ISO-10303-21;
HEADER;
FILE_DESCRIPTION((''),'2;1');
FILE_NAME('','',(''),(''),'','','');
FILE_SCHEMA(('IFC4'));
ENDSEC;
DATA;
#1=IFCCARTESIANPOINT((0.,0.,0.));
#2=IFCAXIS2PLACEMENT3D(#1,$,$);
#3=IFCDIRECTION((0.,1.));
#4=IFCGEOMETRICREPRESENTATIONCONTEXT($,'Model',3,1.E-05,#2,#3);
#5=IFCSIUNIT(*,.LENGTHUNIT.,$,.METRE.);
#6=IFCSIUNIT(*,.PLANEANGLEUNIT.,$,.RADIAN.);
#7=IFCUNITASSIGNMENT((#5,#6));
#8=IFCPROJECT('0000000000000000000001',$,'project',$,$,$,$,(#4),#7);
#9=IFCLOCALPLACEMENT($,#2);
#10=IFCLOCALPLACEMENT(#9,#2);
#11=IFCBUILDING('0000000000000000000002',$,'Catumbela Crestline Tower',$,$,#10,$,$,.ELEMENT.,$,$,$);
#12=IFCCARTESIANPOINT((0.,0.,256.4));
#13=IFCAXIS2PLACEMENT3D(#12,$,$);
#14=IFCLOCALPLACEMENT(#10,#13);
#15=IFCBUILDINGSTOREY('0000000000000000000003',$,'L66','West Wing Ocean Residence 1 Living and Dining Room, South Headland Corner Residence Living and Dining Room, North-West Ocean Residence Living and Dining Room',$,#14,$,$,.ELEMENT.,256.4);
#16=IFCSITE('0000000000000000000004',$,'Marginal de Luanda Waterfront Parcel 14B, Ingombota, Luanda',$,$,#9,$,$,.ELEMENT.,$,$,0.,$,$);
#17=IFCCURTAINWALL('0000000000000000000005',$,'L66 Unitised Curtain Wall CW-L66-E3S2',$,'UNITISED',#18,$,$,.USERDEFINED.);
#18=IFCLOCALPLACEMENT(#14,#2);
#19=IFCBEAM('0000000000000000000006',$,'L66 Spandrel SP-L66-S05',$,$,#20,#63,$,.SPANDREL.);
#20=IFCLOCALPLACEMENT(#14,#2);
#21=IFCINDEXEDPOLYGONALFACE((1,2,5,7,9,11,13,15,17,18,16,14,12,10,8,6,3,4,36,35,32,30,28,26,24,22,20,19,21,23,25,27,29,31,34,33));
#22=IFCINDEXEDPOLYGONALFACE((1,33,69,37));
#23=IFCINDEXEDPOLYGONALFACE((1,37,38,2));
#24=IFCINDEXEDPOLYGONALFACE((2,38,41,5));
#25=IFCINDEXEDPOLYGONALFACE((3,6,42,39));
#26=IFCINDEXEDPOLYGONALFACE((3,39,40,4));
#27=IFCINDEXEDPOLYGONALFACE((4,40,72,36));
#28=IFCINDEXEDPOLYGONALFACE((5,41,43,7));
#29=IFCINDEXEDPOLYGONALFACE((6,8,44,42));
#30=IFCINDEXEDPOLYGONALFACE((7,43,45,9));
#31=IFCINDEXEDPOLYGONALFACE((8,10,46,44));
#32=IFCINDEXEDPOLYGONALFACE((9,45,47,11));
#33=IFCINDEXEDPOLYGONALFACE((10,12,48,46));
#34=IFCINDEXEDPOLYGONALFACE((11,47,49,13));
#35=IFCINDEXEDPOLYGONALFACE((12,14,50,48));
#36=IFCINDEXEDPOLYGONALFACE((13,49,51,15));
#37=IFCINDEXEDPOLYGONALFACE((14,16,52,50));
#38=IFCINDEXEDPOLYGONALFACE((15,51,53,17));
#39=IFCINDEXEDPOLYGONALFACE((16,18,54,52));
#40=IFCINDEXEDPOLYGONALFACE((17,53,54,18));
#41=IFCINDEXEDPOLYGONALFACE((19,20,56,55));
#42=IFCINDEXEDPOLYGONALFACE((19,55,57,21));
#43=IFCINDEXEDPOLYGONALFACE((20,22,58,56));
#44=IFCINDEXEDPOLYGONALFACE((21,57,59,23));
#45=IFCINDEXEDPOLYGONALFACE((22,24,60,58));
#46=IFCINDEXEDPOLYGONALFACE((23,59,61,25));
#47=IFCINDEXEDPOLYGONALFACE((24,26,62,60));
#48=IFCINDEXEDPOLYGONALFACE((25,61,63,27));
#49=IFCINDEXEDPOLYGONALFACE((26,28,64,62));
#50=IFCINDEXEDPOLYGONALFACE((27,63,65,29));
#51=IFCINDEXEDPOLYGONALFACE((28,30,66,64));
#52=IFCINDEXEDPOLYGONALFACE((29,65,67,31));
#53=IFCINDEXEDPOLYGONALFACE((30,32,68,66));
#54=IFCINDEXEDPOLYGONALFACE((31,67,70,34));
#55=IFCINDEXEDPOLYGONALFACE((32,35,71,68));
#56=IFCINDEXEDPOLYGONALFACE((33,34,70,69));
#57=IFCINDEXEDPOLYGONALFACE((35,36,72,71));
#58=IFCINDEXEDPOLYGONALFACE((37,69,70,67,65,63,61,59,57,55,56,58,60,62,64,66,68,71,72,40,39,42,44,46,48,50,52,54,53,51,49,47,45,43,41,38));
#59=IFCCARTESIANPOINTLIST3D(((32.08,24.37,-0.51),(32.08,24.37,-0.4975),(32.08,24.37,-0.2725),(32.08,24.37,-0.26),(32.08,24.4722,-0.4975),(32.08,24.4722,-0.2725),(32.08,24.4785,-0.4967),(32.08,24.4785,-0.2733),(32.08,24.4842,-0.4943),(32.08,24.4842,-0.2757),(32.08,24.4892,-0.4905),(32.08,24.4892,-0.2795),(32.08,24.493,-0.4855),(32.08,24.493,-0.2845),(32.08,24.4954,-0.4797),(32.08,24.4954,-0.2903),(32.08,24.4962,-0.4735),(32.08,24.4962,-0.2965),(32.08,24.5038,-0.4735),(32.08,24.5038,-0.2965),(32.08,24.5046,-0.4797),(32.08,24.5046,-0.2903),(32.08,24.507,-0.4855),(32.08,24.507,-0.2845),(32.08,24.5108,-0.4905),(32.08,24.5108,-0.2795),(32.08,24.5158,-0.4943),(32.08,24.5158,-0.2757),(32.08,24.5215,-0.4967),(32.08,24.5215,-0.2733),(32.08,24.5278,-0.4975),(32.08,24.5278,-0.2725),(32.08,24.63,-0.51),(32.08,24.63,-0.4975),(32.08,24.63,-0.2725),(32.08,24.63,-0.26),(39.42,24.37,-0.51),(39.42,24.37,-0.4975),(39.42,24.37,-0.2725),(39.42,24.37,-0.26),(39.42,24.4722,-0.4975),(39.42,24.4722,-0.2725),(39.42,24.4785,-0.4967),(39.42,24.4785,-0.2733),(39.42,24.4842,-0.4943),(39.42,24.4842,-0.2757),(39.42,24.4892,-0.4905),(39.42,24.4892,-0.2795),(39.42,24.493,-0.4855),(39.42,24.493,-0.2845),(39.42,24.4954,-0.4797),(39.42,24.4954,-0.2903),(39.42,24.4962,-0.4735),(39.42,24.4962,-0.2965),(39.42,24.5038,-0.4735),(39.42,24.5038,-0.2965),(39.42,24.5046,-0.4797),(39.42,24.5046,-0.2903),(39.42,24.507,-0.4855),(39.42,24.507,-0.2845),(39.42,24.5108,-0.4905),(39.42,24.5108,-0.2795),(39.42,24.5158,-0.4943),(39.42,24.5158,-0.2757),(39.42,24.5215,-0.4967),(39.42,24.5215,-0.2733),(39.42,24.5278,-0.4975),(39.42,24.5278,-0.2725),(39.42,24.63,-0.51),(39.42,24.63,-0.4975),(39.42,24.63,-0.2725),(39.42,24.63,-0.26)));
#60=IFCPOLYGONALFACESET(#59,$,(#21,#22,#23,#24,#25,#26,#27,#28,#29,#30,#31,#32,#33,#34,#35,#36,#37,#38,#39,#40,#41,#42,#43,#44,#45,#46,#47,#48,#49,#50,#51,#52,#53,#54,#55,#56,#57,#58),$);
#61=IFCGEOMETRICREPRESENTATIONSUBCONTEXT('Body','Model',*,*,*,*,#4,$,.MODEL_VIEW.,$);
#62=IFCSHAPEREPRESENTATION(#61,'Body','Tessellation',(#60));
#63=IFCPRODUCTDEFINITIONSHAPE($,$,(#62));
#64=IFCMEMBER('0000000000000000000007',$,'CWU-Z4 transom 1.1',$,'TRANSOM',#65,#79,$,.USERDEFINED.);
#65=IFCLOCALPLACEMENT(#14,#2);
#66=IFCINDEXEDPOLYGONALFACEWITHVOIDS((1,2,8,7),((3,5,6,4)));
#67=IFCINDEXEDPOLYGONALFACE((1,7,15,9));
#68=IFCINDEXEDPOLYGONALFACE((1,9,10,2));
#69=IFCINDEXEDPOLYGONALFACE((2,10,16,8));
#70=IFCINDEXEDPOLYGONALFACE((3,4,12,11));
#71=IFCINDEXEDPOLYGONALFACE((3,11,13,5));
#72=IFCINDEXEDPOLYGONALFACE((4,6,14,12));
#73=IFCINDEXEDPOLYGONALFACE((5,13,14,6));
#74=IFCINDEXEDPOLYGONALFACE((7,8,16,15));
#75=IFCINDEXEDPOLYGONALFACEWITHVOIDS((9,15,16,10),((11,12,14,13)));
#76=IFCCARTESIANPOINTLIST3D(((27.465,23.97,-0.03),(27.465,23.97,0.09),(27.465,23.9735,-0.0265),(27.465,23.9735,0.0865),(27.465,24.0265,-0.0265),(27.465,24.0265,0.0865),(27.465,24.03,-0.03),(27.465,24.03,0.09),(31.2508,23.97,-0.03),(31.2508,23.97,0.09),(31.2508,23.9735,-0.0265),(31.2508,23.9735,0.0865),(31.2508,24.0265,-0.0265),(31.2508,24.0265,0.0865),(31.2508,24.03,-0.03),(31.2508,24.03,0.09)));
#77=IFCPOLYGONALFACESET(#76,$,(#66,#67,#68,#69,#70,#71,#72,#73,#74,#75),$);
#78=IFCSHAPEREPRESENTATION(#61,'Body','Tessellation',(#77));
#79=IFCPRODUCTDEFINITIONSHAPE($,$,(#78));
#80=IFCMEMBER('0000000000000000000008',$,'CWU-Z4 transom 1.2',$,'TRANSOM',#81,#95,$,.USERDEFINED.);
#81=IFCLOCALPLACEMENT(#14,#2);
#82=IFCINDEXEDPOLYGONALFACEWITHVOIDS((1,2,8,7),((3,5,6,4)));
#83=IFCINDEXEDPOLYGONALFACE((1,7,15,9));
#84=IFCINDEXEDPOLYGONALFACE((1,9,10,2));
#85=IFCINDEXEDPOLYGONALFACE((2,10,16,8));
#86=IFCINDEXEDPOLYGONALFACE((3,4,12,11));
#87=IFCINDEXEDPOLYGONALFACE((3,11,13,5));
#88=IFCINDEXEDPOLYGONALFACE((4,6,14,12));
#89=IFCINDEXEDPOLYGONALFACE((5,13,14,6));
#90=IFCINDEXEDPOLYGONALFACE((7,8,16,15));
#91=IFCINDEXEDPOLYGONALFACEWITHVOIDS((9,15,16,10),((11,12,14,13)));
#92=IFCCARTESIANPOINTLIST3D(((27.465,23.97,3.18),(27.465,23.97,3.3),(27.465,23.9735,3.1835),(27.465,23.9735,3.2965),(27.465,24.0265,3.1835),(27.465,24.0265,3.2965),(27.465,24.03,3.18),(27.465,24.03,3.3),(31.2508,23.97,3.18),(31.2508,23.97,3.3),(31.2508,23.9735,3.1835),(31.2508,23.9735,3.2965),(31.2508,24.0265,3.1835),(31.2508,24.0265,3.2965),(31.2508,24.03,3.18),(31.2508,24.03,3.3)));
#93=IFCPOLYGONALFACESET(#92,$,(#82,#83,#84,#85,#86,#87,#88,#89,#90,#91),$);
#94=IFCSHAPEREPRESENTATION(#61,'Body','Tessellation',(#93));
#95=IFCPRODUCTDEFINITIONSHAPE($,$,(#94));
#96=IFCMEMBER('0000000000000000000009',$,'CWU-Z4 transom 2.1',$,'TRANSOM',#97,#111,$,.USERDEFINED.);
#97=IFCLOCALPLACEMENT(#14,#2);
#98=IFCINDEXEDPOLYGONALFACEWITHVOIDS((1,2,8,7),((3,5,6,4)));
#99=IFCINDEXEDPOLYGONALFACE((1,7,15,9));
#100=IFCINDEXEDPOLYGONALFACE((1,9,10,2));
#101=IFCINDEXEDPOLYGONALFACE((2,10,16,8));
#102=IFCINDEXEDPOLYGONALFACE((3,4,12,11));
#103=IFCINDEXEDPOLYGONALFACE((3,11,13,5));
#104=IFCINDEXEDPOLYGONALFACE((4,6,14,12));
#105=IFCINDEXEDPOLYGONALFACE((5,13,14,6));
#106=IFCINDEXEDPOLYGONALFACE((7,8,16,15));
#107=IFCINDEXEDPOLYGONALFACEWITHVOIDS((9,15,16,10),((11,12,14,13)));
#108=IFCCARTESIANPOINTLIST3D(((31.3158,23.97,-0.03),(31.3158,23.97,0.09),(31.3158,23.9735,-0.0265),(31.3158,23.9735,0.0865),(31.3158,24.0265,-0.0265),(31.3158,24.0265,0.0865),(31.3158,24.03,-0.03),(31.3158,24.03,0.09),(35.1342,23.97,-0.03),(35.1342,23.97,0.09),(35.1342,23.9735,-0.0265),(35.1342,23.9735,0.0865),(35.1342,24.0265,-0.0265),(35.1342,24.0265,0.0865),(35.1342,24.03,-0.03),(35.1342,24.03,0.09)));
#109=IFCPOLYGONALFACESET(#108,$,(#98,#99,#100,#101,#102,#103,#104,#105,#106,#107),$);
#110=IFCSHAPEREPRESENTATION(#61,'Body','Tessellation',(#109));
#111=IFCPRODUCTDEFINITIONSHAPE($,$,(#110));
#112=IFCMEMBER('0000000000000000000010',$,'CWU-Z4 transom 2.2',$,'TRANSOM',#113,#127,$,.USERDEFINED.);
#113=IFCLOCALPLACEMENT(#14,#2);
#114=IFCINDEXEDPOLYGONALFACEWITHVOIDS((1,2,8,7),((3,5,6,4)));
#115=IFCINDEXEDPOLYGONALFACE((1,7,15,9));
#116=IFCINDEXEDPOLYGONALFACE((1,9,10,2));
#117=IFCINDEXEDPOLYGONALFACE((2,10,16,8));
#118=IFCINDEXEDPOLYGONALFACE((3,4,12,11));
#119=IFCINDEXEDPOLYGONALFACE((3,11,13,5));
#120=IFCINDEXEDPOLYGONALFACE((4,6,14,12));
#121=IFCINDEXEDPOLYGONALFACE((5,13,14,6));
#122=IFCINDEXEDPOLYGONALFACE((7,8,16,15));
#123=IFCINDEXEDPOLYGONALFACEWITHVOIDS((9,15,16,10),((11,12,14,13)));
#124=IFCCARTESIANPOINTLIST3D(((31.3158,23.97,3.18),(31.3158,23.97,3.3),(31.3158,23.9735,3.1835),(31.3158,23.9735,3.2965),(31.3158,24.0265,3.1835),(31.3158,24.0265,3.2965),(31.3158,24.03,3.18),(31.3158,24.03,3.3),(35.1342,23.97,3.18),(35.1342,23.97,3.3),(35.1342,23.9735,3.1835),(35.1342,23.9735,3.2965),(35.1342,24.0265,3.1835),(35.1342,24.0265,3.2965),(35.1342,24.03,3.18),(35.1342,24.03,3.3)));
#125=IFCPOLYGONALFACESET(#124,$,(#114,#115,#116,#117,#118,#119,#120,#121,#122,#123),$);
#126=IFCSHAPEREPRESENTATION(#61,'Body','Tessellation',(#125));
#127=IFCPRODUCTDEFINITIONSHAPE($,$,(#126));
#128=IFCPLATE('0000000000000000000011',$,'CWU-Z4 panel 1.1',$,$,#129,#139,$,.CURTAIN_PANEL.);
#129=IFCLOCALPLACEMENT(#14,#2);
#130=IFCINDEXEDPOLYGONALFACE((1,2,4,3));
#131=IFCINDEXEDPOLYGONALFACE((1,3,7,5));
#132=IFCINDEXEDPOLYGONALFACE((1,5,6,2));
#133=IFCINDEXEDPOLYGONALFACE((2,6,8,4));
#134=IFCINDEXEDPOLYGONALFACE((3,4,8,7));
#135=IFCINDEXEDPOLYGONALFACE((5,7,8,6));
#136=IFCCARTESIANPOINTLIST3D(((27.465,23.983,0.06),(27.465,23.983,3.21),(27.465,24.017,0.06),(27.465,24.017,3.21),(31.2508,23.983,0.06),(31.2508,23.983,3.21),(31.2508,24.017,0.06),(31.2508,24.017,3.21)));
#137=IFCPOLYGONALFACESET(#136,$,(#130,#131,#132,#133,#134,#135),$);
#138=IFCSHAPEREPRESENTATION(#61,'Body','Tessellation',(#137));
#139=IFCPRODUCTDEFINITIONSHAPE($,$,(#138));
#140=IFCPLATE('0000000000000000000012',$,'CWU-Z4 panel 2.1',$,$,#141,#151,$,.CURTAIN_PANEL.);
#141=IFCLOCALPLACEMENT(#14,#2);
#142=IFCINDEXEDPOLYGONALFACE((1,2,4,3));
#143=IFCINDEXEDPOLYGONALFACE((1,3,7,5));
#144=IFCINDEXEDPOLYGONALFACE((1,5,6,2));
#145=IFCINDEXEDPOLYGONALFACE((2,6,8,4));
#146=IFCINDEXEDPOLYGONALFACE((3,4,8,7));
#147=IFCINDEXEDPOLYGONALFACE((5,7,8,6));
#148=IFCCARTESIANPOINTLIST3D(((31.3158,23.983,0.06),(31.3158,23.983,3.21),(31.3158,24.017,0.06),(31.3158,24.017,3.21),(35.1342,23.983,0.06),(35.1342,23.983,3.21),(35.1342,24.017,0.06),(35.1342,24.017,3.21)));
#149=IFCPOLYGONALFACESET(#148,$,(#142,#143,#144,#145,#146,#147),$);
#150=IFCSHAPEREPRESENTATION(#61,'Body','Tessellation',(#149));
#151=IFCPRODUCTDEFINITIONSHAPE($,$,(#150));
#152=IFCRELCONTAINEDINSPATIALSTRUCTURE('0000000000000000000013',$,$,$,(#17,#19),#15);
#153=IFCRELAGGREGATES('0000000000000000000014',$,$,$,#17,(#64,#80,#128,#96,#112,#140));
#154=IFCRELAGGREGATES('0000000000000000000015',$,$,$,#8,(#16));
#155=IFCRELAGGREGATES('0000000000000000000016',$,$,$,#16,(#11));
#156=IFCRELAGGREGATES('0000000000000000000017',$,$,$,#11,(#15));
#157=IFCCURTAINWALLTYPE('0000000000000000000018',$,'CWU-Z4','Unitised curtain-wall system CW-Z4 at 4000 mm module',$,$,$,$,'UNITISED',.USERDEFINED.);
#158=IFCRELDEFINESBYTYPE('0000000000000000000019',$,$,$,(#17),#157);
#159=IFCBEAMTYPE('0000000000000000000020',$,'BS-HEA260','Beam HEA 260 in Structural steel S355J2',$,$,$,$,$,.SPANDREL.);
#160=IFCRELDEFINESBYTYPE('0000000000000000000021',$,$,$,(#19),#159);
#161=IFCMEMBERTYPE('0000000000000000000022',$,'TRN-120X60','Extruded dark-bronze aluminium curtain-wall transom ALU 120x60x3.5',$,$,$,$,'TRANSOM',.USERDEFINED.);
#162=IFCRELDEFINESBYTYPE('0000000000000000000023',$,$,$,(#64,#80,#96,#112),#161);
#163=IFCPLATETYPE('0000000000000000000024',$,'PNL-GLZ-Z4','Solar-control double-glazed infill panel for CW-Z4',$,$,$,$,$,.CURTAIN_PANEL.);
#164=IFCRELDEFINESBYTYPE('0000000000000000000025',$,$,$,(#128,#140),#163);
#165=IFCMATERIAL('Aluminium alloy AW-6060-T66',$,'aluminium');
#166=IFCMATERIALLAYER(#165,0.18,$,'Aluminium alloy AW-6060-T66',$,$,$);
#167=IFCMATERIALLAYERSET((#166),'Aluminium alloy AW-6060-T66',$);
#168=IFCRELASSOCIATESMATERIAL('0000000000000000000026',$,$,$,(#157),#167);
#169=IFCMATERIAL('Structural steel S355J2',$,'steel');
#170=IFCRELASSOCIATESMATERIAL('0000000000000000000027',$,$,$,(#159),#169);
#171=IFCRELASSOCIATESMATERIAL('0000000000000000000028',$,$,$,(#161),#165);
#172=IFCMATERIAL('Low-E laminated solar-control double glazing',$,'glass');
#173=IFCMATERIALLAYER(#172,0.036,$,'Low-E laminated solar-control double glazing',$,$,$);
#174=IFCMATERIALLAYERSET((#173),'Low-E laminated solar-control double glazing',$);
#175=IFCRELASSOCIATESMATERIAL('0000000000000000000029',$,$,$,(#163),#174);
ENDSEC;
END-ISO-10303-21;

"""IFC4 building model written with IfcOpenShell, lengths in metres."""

from ifc_helpers import new_model, si_unit, direction, frame, origin, origin_2d, place, context, subcontext, project, spatial, rectangle, hollow_rectangle, i_section, extrude, material, layer, layer_set, material_profile, profile_set, type_object, element, aggregate, save


model = new_model("IFC4")

# Units and contexts
model_context = context("Model", 3, precision=1e-05, world=origin(), true_north=direction((0.0, 1.0)))
body_context = subcontext(model_context, "Body", "Model", "MODEL_VIEW")
ifc_project = project(units=[si_unit("LENGTHUNIT", "METRE"), si_unit("PLANEANGLEUNIT", "RADIAN")], contexts=[model_context])

# Site, building, storey
site_placement = place(None, origin())
site = spatial("IfcSite", under=ifc_project, at=site_placement, Name="Marginal de Luanda Waterfront Parcel 14B, Ingombota, Luanda", CompositionType="ELEMENT", RefElevation=0.0)
building_placement = place(site_placement, origin())
building = spatial("IfcBuilding", under=site, at=building_placement, Name="Catumbela Crestline Tower", CompositionType="ELEMENT")
storey_placement = place(building_placement, frame((0.0, 0.0, 256.4)))
storey = spatial("IfcBuildingStorey", under=building, at=storey_placement, Name="L66", Description="West Wing Ocean Residence 1 Living and Dining Room, South Headland Corner Residence Living and Dining Room, North-West Ocean Residence Living and Dining Room", CompositionType="ELEMENT", Elevation=256.4)

# Shared definitions
ifc_material_1 = material(Name="Structural steel S355J2", Category="steel")

# Curtain wall
ifc_material_2 = material(Name="Aluminium alloy AW-6060-T66", Category="aluminium")
ifc_layer_1 = layer(ifc_material_2, 0.18, Name="Aluminium alloy AW-6060-T66")
ifc_layer_set_1 = layer_set([ifc_layer_1], Name="Aluminium alloy AW-6060-T66")
curtain_wall_type = type_object("IfcCurtainWallType", Name="CWU-Z4", Description="Unitised curtain-wall system CW-Z4 at 4000 mm module", ElementType="UNITISED", PredefinedType="USERDEFINED", material=ifc_layer_set_1)
curtain_wall_placement = place(storey_placement, origin())
curtain_wall = element("IfcCurtainWall", 1, at=curtain_wall_placement, inside=storey, type_object=curtain_wall_type, Name="L66 Unitised Curtain Wall CW-L66-E3S2", ObjectType="UNITISED", PredefinedType="USERDEFINED")

# Beam
ifc_material_profile_1 = material_profile(ifc_material_1, i_section(OverallWidth=0.26, OverallDepth=0.25, WebThickness=0.0075, FlangeThickness=0.0125, FilletRadius=0.024, at=origin_2d()), Name="HEA 260")
ifc_profile_set_1 = profile_set([ifc_material_profile_1], Name="Structural steel S355J2")
beam_type_1 = type_object("IfcBeamType", Name="BS-HEA260", Description="Beam HEA 260 in Structural steel S355J2", PredefinedType="SPANDREL", material=ifc_profile_set_1)
beam_1_placement = place(storey_placement, frame((32.08, 24.5, -0.385), z_axis=(1.0, 0.0, 0.0), x_axis=(0.0, 1.0, 0.0)))
element("IfcBeam", 2, at=beam_1_placement, inside=storey, type_object=beam_type_1, Name="L66 Spandrel SP-L66-S05", PredefinedType="SPANDREL", context=body_context, shape_type="SweptSolid", body=[
    extrude(i_section(OverallWidth=0.26, OverallDepth=0.25, WebThickness=0.0075, FlangeThickness=0.0125, FilletRadius=0.024, at=origin_2d()), origin(), (0.0, 0.0, 1.0), 7.34),
])

# Members
ifc_material_profile_2 = material_profile(ifc_material_2, hollow_rectangle(XDim=0.06, YDim=0.12, WallThickness=0.0035, at=origin_2d()), Name="ALU 120x60x3.5")
ifc_profile_set_2 = profile_set([ifc_material_profile_2], Name="Aluminium alloy AW-6060-T66")
member_type_1 = type_object("IfcMemberType", Name="TRN-120X60", Description="Extruded dark-bronze aluminium curtain-wall transom ALU 120x60x3.5", ElementType="TRANSOM", PredefinedType="USERDEFINED", material=ifc_profile_set_2)
member_1_placement = place(storey_placement, frame((27.465, 24.0, 0.03), z_axis=(1.0, 0.0, 0.0), x_axis=(0.0, 1.0, 0.0)))
member_1 = element("IfcMember", 3, at=member_1_placement, type_object=member_type_1, Name="CWU-Z4 transom 1.1", ObjectType="TRANSOM", PredefinedType="USERDEFINED", context=body_context, shape_type="SweptSolid", body=[
    extrude(hollow_rectangle(XDim=0.06, YDim=0.12, WallThickness=0.0035, at=origin_2d()), origin(), (0.0, 0.0, 1.0), 3.7858),
])
member_2_placement = place(storey_placement, frame((27.465, 24.0, 3.24), z_axis=(1.0, 0.0, 0.0), x_axis=(0.0, 1.0, 0.0)))
member_2 = element("IfcMember", 4, at=member_2_placement, type_object=member_type_1, Name="CWU-Z4 transom 1.2", ObjectType="TRANSOM", PredefinedType="USERDEFINED", context=body_context, shape_type="SweptSolid", body=[
    extrude(hollow_rectangle(XDim=0.06, YDim=0.12, WallThickness=0.0035, at=origin_2d()), origin(), (0.0, 0.0, 1.0), 3.7858),
])
member_3_placement = place(storey_placement, frame((31.3158, 24.0, 0.03), z_axis=(1.0, 0.0, 0.0), x_axis=(0.0, 1.0, 0.0)))
member_3 = element("IfcMember", 5, at=member_3_placement, type_object=member_type_1, Name="CWU-Z4 transom 2.1", ObjectType="TRANSOM", PredefinedType="USERDEFINED", context=body_context, shape_type="SweptSolid", body=[
    extrude(hollow_rectangle(XDim=0.06, YDim=0.12, WallThickness=0.0035, at=origin_2d()), origin(), (0.0, 0.0, 1.0), 3.8184),
])
member_4_placement = place(storey_placement, frame((31.3158, 24.0, 3.24), z_axis=(1.0, 0.0, 0.0), x_axis=(0.0, 1.0, 0.0)))
member_4 = element("IfcMember", 6, at=member_4_placement, type_object=member_type_1, Name="CWU-Z4 transom 2.2", ObjectType="TRANSOM", PredefinedType="USERDEFINED", context=body_context, shape_type="SweptSolid", body=[
    extrude(hollow_rectangle(XDim=0.06, YDim=0.12, WallThickness=0.0035, at=origin_2d()), origin(), (0.0, 0.0, 1.0), 3.8184),
])

# Plates
ifc_material_3 = material(Name="Low-E laminated solar-control double glazing", Category="glass")
ifc_layer_2 = layer(ifc_material_3, 0.036, Name="Low-E laminated solar-control double glazing")
ifc_layer_set_2 = layer_set([ifc_layer_2], Name="Low-E laminated solar-control double glazing")
plate_type = type_object("IfcPlateType", Name="PNL-GLZ-Z4", Description="Solar-control double-glazed infill panel for CW-Z4", PredefinedType="CURTAIN_PANEL", material=ifc_layer_set_2)
plate_1_placement = place(storey_placement, frame((29.3579, 24.0, 0.06), z_axis=(0.0, 0.0, 1.0), x_axis=(1.0, 0.0, 0.0)))
plate_1 = element("IfcPlate", 7, at=plate_1_placement, type_object=plate_type, Name="CWU-Z4 panel 1.1", PredefinedType="CURTAIN_PANEL", context=body_context, shape_type="SweptSolid", body=[
    extrude(rectangle(XDim=3.7858, YDim=0.034, at=origin_2d()), origin(), (0.0, 0.0, 1.0), 3.15),
])
plate_2_placement = place(storey_placement, frame((33.225, 24.0, 0.06), z_axis=(0.0, 0.0, 1.0), x_axis=(1.0, 0.0, 0.0)))
plate_2 = element("IfcPlate", 8, at=plate_2_placement, type_object=plate_type, Name="CWU-Z4 panel 2.1", PredefinedType="CURTAIN_PANEL", context=body_context, shape_type="SweptSolid", body=[
    extrude(rectangle(XDim=3.8183, YDim=0.034, at=origin_2d()), origin(), (0.0, 0.0, 1.0), 3.15),
])
aggregate(curtain_wall, [member_1, member_2, plate_1, member_3, member_4, plate_2])

save(model, "model.ifc")
